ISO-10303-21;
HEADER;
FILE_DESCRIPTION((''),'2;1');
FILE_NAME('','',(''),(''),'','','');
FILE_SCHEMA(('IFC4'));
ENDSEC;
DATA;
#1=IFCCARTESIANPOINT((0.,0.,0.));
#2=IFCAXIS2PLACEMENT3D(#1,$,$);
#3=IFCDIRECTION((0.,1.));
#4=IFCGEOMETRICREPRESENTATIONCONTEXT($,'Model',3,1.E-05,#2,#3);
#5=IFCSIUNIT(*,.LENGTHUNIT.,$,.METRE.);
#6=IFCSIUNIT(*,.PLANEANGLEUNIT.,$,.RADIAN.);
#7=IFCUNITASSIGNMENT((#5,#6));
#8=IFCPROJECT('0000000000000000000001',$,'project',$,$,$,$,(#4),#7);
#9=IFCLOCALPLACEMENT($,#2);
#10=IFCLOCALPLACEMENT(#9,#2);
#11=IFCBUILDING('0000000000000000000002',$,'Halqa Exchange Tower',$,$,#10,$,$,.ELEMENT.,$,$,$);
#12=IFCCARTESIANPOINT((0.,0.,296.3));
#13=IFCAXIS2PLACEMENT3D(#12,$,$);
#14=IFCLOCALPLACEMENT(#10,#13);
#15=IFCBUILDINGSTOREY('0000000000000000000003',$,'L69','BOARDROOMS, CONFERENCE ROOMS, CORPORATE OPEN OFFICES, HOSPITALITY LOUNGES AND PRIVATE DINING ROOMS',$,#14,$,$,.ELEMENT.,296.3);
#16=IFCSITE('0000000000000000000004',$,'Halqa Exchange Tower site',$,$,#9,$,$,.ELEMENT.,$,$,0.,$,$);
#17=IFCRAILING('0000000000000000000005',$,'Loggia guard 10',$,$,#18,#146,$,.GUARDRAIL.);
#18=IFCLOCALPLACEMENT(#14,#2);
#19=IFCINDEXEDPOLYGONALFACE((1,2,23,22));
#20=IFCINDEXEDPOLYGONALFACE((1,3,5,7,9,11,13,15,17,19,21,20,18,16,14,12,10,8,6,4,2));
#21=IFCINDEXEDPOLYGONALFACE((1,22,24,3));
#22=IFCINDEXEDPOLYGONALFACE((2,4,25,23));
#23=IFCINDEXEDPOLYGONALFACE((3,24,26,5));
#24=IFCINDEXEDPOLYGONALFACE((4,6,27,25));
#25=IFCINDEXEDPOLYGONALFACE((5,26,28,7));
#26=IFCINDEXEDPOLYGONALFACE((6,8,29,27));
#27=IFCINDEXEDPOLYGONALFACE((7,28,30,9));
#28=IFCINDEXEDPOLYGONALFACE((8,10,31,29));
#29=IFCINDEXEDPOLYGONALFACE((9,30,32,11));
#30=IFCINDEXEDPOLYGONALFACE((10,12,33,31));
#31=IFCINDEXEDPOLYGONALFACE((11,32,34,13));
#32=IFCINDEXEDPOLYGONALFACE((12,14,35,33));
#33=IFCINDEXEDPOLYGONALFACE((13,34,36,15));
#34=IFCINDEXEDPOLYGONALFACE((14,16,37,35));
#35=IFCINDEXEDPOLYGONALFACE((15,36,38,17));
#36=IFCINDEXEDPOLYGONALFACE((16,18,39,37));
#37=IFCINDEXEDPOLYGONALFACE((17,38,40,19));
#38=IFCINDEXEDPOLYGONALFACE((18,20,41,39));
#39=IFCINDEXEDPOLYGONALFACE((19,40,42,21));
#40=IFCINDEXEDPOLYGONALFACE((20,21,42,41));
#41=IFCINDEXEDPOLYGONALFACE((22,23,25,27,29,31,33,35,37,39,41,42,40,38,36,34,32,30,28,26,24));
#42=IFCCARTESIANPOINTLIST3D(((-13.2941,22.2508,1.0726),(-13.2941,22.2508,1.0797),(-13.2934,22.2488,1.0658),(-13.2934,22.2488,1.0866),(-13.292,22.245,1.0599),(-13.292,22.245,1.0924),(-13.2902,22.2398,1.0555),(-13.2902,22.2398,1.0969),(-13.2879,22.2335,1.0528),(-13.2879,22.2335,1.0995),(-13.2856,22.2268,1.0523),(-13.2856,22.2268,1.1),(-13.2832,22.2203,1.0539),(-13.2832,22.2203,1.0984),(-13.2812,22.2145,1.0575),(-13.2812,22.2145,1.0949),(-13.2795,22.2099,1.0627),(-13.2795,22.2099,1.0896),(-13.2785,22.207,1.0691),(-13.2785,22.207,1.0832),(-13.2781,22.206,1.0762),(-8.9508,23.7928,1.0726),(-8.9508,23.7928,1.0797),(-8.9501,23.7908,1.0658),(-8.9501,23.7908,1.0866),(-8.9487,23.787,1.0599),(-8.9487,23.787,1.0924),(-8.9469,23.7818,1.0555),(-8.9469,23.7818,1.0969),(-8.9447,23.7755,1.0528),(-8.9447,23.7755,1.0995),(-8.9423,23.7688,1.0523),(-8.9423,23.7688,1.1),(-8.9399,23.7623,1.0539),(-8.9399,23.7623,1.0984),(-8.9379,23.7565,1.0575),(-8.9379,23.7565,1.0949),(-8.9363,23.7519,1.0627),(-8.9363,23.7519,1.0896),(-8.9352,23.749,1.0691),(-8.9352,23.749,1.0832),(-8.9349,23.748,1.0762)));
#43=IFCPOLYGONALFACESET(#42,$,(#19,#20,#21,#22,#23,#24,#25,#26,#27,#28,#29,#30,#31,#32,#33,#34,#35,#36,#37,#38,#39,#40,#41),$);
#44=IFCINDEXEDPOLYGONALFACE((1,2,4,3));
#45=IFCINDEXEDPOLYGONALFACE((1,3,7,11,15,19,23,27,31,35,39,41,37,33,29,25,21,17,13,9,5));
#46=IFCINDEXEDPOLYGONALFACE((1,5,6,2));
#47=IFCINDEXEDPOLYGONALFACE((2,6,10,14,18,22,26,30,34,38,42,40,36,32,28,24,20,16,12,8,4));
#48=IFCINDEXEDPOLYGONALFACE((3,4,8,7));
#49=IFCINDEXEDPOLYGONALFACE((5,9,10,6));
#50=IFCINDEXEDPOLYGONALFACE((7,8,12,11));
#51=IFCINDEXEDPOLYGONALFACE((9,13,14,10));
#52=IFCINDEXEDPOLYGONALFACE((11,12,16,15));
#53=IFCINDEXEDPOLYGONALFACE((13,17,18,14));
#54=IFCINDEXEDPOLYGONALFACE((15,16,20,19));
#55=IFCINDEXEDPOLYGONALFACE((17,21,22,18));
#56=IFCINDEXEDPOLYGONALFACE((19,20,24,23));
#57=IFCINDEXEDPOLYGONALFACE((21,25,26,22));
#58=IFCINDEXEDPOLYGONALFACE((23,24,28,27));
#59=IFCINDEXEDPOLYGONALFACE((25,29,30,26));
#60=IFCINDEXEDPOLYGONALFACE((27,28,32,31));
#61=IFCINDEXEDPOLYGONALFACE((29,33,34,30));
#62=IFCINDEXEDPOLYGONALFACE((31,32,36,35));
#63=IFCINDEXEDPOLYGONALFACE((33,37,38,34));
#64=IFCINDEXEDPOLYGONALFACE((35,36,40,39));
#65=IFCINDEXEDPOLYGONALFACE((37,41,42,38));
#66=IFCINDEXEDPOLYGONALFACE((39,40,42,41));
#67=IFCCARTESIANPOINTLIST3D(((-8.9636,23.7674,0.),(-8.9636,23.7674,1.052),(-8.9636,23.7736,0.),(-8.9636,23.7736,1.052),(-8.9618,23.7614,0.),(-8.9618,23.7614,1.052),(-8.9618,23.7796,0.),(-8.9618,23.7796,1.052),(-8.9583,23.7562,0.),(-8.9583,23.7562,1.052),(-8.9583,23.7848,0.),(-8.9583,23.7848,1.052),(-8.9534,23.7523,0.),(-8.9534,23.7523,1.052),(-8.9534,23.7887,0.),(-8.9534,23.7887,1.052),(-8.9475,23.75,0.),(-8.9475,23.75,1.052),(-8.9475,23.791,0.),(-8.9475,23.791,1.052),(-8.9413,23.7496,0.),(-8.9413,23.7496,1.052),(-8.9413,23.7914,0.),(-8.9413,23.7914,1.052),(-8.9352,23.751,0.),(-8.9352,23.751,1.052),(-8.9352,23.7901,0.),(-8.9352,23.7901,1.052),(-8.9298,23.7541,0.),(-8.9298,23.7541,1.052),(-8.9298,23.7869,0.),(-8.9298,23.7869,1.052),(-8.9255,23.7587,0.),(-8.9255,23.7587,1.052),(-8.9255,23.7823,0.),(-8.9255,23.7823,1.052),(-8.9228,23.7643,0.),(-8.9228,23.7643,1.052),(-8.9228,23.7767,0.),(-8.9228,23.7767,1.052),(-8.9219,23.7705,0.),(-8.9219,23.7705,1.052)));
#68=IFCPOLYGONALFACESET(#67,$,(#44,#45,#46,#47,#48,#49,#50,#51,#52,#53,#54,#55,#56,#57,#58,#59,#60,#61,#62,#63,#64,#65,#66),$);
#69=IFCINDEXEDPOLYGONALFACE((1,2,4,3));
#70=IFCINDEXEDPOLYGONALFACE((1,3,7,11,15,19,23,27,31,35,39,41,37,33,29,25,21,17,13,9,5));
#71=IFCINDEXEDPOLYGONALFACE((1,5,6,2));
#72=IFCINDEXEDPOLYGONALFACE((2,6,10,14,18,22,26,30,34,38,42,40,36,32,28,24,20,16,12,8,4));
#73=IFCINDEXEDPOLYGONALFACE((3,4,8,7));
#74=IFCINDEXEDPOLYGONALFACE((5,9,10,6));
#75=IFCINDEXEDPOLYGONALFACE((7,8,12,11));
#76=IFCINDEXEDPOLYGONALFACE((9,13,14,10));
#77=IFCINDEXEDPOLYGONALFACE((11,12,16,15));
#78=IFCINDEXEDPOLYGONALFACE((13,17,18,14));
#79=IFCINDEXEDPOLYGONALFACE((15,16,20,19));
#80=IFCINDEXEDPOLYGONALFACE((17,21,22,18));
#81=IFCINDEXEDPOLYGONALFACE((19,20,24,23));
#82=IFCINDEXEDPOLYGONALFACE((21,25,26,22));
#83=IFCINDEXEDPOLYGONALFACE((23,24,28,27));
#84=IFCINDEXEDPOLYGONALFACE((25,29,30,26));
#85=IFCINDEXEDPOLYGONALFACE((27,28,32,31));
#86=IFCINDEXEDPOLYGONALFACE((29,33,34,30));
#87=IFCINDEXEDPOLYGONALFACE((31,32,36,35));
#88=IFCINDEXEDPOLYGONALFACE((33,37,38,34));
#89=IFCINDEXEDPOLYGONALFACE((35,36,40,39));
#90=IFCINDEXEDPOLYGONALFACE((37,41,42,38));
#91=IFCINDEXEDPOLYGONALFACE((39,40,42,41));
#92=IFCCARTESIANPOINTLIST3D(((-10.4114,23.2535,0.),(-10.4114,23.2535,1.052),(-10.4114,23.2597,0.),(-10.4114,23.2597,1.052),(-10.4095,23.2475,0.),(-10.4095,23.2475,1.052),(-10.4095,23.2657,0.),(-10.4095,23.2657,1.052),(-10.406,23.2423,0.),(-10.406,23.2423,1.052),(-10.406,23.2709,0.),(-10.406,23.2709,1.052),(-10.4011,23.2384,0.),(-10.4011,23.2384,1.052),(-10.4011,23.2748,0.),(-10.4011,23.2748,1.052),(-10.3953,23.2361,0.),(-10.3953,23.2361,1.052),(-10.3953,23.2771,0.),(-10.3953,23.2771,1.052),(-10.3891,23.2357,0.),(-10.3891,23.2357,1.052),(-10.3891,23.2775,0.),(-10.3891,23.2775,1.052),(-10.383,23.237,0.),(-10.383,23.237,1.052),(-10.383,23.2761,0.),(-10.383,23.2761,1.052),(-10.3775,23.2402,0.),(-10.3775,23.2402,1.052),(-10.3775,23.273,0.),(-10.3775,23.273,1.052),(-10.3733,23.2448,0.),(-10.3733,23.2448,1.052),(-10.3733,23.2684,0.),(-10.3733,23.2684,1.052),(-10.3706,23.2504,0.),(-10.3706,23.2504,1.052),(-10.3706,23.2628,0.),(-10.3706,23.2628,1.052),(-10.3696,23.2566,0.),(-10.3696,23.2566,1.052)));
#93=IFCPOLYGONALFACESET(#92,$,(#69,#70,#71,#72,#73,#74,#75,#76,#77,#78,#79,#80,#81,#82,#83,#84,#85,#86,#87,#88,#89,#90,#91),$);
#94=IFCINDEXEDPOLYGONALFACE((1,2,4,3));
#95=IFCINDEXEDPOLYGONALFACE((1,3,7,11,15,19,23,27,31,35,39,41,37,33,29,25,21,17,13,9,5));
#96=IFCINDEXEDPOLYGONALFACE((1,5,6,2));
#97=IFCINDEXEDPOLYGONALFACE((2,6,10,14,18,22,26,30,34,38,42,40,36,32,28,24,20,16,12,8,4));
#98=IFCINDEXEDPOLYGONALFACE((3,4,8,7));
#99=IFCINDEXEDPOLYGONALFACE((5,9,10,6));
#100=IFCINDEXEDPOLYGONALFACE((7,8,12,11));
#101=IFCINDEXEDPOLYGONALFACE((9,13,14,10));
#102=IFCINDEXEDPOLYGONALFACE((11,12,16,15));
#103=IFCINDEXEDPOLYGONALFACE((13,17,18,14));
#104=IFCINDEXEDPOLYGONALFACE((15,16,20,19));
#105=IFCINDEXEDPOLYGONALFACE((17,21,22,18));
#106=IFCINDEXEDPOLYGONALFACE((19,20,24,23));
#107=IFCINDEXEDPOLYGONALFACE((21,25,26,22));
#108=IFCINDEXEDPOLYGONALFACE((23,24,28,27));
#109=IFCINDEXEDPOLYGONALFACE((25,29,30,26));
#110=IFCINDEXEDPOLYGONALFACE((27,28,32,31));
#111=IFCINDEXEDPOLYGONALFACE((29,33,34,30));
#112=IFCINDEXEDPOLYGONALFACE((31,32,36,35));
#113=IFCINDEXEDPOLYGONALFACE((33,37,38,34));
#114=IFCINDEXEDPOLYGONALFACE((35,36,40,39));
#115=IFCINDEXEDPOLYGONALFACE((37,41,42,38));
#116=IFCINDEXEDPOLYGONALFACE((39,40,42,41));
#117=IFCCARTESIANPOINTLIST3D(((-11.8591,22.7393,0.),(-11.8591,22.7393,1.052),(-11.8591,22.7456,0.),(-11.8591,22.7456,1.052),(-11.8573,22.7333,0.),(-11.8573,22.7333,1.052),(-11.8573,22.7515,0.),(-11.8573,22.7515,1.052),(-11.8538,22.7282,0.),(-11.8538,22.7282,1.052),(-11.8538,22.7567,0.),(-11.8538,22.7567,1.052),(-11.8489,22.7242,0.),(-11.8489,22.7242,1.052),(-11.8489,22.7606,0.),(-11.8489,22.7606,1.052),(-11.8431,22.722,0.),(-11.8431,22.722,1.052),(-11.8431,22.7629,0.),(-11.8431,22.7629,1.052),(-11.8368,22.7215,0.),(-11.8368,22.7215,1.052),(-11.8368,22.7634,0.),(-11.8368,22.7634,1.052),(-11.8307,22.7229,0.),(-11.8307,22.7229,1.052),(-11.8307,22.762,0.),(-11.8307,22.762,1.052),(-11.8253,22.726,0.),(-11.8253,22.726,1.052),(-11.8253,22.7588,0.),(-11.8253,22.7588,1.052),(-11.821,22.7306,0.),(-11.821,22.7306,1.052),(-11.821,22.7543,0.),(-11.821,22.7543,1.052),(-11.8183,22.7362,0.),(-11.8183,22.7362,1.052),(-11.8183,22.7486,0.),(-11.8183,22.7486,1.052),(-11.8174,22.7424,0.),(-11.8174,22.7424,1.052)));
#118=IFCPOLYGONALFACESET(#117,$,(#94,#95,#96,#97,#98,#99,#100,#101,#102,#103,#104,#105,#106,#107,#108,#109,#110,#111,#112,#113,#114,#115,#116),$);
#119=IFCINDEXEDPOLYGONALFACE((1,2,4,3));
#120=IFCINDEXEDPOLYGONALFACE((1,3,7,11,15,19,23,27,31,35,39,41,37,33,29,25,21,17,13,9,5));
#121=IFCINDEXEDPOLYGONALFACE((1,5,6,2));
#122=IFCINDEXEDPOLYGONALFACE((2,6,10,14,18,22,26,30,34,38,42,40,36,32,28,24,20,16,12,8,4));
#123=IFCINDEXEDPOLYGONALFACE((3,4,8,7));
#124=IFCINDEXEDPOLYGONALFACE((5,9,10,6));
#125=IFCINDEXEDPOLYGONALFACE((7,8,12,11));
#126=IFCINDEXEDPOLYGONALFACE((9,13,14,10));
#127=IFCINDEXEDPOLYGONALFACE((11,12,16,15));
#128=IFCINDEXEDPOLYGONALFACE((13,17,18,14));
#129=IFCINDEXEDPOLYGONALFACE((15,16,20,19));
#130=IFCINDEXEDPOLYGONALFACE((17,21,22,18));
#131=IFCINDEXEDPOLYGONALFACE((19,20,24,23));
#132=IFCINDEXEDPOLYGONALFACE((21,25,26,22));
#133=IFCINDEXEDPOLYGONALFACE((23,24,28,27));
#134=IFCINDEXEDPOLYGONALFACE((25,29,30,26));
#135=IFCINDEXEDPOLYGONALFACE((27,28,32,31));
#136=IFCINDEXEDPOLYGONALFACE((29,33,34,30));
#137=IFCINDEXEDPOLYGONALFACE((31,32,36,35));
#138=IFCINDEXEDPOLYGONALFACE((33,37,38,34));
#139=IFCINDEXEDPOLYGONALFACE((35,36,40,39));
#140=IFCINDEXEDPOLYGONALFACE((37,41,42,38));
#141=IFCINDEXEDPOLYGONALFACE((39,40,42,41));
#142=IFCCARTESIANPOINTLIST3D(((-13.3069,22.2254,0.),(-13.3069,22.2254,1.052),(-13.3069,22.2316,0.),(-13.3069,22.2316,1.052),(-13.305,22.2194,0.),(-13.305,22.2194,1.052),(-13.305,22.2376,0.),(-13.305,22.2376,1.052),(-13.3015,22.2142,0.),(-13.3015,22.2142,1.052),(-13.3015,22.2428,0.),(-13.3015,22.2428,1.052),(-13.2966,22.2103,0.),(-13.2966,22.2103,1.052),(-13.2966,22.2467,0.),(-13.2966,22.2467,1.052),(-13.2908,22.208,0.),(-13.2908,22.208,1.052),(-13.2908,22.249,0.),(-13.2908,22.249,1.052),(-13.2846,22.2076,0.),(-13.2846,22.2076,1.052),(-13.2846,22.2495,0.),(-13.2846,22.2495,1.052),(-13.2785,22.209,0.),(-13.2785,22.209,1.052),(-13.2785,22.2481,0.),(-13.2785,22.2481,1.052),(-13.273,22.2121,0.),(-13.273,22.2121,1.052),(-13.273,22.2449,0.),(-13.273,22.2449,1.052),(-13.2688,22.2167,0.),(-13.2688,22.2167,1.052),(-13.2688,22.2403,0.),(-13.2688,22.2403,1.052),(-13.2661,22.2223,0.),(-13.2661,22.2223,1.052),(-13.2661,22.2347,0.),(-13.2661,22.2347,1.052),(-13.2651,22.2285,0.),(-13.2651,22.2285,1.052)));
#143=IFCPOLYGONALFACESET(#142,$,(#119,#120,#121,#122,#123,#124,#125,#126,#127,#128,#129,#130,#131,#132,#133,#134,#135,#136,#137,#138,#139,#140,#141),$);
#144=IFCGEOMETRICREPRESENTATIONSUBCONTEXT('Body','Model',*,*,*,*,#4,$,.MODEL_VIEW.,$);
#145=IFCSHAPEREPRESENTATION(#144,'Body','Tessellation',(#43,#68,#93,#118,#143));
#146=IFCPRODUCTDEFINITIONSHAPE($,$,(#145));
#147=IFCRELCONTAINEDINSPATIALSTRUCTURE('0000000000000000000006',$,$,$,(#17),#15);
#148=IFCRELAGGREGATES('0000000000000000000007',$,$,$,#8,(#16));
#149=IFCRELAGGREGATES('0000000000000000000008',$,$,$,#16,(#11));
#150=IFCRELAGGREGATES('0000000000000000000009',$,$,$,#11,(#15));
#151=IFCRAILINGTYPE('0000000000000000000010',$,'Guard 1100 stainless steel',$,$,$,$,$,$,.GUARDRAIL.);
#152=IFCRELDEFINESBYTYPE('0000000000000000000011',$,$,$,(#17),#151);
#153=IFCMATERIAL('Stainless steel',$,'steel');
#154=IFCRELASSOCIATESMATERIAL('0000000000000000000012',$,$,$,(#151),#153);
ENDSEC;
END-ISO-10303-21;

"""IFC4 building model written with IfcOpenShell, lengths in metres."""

from ifc_helpers import new_model, si_unit, direction, frame, origin, origin_2d, place, context, subcontext, project, spatial, circle, extrude, material, type_object, element, save


model = new_model("IFC4")

# Units and contexts
model_context = context("Model", 3, precision=1e-05, world=origin(), true_north=direction((0.0, 1.0)))
body_context = subcontext(model_context, "Body", "Model", "MODEL_VIEW")
ifc_project = project(units=[si_unit("LENGTHUNIT", "METRE"), si_unit("PLANEANGLEUNIT", "RADIAN")], contexts=[model_context])

# Site, building, storey
site_placement = place(None, origin())
site = spatial("IfcSite", under=ifc_project, at=site_placement, Name="Halqa Exchange Tower site", CompositionType="ELEMENT", RefElevation=0.0)
building_placement = place(site_placement, origin())
building = spatial("IfcBuilding", under=site, at=building_placement, Name="Halqa Exchange Tower", CompositionType="ELEMENT")
storey_placement = place(building_placement, frame((0.0, 0.0, 296.3)))
storey = spatial("IfcBuildingStorey", under=building, at=storey_placement, Name="L69", Description="BOARDROOMS, CONFERENCE ROOMS, CORPORATE OPEN OFFICES, HOSPITALITY LOUNGES AND PRIVATE DINING ROOMS", CompositionType="ELEMENT", Elevation=296.3)

# Railing
ifc_material_1 = material(Name="Stainless steel", Category="steel")
railing_type_1 = type_object("IfcRailingType", Name="Guard 1100 stainless steel", PredefinedType="GUARDRAIL", material=ifc_material_1)
railing_1_placement = place(storey_placement, frame((-8.9429, 23.7705, 0.0)))
element("IfcRailing", 1, at=railing_1_placement, inside=storey, type_object=railing_type_1, Name="Loggia guard 10", PredefinedType="GUARDRAIL", context=body_context, shape_type="SweptSolid", body=[
    extrude(circle(Radius=0.0239, at=origin_2d()), frame((0.0, 0.0, 1.0762), z_axis=(-0.942371, -0.334571, 0.0), x_axis=(0.334571, -0.942371, 0.0)), (0.0, 0.0, 1.0), 4.6089),
    extrude(circle(Radius=0.021, at=origin_2d()), origin(), (0.0, 0.0, 1.0), 1.052),
    extrude(circle(Radius=0.021, at=origin_2d()), frame((-1.4478, -0.5139, 0.0)), (0.0, 0.0, 1.0), 1.052),
    extrude(circle(Radius=0.021, at=origin_2d()), frame((-2.8955, -1.0281, 0.0)), (0.0, 0.0, 1.0), 1.052),
    extrude(circle(Radius=0.021, at=origin_2d()), frame((-4.3433, -1.542, 0.0)), (0.0, 0.0, 1.0), 1.052),
])

save(model, "model.ifc")
